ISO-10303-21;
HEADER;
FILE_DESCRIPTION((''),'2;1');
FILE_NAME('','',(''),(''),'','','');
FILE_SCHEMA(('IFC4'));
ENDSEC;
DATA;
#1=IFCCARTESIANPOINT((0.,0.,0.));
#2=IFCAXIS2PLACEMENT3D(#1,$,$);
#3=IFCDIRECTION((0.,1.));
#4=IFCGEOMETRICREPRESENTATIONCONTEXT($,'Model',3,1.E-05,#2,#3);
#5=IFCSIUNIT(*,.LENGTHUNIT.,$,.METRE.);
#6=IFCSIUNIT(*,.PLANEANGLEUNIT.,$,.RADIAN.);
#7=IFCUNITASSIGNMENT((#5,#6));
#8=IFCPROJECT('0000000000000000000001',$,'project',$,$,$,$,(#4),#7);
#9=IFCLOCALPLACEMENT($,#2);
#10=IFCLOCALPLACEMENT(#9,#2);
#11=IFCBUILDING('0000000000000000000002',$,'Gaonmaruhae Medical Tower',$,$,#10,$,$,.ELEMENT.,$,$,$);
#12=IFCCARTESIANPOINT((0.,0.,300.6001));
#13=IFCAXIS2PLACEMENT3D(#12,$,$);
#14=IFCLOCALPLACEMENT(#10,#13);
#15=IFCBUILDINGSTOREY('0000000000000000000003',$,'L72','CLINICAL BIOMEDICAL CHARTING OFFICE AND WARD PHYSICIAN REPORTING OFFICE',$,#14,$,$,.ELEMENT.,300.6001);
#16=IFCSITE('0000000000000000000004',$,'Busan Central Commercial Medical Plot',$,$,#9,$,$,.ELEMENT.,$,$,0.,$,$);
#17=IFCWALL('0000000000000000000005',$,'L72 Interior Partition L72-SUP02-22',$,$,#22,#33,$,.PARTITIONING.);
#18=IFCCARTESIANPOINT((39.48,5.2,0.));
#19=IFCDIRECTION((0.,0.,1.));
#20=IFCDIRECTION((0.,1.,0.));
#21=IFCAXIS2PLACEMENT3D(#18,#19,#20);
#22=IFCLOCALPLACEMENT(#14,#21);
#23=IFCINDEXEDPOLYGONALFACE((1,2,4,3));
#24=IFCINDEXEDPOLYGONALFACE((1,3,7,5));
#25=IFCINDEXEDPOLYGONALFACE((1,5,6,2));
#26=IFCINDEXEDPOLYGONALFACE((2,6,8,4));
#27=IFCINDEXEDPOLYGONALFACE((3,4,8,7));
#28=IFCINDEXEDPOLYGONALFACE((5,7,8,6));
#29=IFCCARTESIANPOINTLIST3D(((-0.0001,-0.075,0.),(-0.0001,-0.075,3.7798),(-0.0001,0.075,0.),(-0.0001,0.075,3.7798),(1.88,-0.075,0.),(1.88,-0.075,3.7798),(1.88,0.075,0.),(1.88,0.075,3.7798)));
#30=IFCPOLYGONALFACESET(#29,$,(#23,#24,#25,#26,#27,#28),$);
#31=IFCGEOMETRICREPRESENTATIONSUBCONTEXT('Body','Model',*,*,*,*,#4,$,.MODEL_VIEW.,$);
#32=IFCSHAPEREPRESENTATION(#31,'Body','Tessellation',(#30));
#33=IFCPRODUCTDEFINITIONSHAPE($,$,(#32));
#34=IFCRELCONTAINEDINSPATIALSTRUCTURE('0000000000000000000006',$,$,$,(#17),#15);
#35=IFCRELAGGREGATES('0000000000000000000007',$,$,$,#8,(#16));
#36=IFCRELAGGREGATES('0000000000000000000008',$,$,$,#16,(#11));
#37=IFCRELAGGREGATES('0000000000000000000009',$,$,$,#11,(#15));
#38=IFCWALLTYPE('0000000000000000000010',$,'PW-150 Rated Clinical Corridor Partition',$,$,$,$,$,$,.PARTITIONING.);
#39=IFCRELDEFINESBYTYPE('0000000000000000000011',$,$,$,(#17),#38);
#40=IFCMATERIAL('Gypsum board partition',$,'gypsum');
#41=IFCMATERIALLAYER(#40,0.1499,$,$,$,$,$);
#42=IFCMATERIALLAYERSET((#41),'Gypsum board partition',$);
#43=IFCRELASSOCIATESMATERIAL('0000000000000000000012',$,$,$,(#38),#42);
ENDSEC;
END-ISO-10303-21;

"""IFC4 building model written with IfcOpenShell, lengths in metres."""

from ifc_helpers import new_model, si_unit, direction, frame, frame_2d, origin, place, context, subcontext, project, spatial, rectangle, extrude, material, layer, layer_set, type_object, element, save


model = new_model("IFC4")

# Units and contexts
model_context = context("Model", 3, precision=1e-05, world=origin(), true_north=direction((0.0, 1.0)))
body_context = subcontext(model_context, "Body", "Model", "MODEL_VIEW")
ifc_project = project(units=[si_unit("LENGTHUNIT", "METRE"), si_unit("PLANEANGLEUNIT", "RADIAN")], contexts=[model_context])

# Site, building, storey
site_placement = place(None, origin())
site = spatial("IfcSite", under=ifc_project, at=site_placement, Name="Busan Central Commercial Medical Plot", CompositionType="ELEMENT", RefElevation=0.0)
building_placement = place(site_placement, origin())
building = spatial("IfcBuilding", under=site, at=building_placement, Name="Gaonmaruhae Medical Tower", CompositionType="ELEMENT")
storey_placement = place(building_placement, frame((0.0, 0.0, 300.6001)))
storey = spatial("IfcBuildingStorey", under=building, at=storey_placement, Name="L72", Description="CLINICAL BIOMEDICAL CHARTING OFFICE AND WARD PHYSICIAN REPORTING OFFICE", CompositionType="ELEMENT", Elevation=300.6001)

# Wall
ifc_material_1 = material(Name="Gypsum board partition", Category="gypsum")
ifc_layer_1 = layer(ifc_material_1, 0.1499)
ifc_layer_set_1 = layer_set([ifc_layer_1], Name="Gypsum board partition")
wall_type_1 = type_object("IfcWallType", Name="PW-150 Rated Clinical Corridor Partition", PredefinedType="PARTITIONING", material=ifc_layer_set_1)
wall_1_placement = place(storey_placement, frame((39.48, 5.2, 0.0), z_axis=(0.0, 0.0, 1.0), x_axis=(0.0, 1.0, 0.0)))
element("IfcWall", 1, at=wall_1_placement, inside=storey, type_object=wall_type_1, Name="L72 Interior Partition L72-SUP02-22", PredefinedType="PARTITIONING", context=body_context, shape_type="SweptSolid", body=[
    extrude(rectangle(XDim=1.8801, YDim=0.1499, at=frame_2d((0.9399, 0.0))), origin(), (0.0, 0.0, 1.0), 3.7798),
])

save(model, "model.ifc")
